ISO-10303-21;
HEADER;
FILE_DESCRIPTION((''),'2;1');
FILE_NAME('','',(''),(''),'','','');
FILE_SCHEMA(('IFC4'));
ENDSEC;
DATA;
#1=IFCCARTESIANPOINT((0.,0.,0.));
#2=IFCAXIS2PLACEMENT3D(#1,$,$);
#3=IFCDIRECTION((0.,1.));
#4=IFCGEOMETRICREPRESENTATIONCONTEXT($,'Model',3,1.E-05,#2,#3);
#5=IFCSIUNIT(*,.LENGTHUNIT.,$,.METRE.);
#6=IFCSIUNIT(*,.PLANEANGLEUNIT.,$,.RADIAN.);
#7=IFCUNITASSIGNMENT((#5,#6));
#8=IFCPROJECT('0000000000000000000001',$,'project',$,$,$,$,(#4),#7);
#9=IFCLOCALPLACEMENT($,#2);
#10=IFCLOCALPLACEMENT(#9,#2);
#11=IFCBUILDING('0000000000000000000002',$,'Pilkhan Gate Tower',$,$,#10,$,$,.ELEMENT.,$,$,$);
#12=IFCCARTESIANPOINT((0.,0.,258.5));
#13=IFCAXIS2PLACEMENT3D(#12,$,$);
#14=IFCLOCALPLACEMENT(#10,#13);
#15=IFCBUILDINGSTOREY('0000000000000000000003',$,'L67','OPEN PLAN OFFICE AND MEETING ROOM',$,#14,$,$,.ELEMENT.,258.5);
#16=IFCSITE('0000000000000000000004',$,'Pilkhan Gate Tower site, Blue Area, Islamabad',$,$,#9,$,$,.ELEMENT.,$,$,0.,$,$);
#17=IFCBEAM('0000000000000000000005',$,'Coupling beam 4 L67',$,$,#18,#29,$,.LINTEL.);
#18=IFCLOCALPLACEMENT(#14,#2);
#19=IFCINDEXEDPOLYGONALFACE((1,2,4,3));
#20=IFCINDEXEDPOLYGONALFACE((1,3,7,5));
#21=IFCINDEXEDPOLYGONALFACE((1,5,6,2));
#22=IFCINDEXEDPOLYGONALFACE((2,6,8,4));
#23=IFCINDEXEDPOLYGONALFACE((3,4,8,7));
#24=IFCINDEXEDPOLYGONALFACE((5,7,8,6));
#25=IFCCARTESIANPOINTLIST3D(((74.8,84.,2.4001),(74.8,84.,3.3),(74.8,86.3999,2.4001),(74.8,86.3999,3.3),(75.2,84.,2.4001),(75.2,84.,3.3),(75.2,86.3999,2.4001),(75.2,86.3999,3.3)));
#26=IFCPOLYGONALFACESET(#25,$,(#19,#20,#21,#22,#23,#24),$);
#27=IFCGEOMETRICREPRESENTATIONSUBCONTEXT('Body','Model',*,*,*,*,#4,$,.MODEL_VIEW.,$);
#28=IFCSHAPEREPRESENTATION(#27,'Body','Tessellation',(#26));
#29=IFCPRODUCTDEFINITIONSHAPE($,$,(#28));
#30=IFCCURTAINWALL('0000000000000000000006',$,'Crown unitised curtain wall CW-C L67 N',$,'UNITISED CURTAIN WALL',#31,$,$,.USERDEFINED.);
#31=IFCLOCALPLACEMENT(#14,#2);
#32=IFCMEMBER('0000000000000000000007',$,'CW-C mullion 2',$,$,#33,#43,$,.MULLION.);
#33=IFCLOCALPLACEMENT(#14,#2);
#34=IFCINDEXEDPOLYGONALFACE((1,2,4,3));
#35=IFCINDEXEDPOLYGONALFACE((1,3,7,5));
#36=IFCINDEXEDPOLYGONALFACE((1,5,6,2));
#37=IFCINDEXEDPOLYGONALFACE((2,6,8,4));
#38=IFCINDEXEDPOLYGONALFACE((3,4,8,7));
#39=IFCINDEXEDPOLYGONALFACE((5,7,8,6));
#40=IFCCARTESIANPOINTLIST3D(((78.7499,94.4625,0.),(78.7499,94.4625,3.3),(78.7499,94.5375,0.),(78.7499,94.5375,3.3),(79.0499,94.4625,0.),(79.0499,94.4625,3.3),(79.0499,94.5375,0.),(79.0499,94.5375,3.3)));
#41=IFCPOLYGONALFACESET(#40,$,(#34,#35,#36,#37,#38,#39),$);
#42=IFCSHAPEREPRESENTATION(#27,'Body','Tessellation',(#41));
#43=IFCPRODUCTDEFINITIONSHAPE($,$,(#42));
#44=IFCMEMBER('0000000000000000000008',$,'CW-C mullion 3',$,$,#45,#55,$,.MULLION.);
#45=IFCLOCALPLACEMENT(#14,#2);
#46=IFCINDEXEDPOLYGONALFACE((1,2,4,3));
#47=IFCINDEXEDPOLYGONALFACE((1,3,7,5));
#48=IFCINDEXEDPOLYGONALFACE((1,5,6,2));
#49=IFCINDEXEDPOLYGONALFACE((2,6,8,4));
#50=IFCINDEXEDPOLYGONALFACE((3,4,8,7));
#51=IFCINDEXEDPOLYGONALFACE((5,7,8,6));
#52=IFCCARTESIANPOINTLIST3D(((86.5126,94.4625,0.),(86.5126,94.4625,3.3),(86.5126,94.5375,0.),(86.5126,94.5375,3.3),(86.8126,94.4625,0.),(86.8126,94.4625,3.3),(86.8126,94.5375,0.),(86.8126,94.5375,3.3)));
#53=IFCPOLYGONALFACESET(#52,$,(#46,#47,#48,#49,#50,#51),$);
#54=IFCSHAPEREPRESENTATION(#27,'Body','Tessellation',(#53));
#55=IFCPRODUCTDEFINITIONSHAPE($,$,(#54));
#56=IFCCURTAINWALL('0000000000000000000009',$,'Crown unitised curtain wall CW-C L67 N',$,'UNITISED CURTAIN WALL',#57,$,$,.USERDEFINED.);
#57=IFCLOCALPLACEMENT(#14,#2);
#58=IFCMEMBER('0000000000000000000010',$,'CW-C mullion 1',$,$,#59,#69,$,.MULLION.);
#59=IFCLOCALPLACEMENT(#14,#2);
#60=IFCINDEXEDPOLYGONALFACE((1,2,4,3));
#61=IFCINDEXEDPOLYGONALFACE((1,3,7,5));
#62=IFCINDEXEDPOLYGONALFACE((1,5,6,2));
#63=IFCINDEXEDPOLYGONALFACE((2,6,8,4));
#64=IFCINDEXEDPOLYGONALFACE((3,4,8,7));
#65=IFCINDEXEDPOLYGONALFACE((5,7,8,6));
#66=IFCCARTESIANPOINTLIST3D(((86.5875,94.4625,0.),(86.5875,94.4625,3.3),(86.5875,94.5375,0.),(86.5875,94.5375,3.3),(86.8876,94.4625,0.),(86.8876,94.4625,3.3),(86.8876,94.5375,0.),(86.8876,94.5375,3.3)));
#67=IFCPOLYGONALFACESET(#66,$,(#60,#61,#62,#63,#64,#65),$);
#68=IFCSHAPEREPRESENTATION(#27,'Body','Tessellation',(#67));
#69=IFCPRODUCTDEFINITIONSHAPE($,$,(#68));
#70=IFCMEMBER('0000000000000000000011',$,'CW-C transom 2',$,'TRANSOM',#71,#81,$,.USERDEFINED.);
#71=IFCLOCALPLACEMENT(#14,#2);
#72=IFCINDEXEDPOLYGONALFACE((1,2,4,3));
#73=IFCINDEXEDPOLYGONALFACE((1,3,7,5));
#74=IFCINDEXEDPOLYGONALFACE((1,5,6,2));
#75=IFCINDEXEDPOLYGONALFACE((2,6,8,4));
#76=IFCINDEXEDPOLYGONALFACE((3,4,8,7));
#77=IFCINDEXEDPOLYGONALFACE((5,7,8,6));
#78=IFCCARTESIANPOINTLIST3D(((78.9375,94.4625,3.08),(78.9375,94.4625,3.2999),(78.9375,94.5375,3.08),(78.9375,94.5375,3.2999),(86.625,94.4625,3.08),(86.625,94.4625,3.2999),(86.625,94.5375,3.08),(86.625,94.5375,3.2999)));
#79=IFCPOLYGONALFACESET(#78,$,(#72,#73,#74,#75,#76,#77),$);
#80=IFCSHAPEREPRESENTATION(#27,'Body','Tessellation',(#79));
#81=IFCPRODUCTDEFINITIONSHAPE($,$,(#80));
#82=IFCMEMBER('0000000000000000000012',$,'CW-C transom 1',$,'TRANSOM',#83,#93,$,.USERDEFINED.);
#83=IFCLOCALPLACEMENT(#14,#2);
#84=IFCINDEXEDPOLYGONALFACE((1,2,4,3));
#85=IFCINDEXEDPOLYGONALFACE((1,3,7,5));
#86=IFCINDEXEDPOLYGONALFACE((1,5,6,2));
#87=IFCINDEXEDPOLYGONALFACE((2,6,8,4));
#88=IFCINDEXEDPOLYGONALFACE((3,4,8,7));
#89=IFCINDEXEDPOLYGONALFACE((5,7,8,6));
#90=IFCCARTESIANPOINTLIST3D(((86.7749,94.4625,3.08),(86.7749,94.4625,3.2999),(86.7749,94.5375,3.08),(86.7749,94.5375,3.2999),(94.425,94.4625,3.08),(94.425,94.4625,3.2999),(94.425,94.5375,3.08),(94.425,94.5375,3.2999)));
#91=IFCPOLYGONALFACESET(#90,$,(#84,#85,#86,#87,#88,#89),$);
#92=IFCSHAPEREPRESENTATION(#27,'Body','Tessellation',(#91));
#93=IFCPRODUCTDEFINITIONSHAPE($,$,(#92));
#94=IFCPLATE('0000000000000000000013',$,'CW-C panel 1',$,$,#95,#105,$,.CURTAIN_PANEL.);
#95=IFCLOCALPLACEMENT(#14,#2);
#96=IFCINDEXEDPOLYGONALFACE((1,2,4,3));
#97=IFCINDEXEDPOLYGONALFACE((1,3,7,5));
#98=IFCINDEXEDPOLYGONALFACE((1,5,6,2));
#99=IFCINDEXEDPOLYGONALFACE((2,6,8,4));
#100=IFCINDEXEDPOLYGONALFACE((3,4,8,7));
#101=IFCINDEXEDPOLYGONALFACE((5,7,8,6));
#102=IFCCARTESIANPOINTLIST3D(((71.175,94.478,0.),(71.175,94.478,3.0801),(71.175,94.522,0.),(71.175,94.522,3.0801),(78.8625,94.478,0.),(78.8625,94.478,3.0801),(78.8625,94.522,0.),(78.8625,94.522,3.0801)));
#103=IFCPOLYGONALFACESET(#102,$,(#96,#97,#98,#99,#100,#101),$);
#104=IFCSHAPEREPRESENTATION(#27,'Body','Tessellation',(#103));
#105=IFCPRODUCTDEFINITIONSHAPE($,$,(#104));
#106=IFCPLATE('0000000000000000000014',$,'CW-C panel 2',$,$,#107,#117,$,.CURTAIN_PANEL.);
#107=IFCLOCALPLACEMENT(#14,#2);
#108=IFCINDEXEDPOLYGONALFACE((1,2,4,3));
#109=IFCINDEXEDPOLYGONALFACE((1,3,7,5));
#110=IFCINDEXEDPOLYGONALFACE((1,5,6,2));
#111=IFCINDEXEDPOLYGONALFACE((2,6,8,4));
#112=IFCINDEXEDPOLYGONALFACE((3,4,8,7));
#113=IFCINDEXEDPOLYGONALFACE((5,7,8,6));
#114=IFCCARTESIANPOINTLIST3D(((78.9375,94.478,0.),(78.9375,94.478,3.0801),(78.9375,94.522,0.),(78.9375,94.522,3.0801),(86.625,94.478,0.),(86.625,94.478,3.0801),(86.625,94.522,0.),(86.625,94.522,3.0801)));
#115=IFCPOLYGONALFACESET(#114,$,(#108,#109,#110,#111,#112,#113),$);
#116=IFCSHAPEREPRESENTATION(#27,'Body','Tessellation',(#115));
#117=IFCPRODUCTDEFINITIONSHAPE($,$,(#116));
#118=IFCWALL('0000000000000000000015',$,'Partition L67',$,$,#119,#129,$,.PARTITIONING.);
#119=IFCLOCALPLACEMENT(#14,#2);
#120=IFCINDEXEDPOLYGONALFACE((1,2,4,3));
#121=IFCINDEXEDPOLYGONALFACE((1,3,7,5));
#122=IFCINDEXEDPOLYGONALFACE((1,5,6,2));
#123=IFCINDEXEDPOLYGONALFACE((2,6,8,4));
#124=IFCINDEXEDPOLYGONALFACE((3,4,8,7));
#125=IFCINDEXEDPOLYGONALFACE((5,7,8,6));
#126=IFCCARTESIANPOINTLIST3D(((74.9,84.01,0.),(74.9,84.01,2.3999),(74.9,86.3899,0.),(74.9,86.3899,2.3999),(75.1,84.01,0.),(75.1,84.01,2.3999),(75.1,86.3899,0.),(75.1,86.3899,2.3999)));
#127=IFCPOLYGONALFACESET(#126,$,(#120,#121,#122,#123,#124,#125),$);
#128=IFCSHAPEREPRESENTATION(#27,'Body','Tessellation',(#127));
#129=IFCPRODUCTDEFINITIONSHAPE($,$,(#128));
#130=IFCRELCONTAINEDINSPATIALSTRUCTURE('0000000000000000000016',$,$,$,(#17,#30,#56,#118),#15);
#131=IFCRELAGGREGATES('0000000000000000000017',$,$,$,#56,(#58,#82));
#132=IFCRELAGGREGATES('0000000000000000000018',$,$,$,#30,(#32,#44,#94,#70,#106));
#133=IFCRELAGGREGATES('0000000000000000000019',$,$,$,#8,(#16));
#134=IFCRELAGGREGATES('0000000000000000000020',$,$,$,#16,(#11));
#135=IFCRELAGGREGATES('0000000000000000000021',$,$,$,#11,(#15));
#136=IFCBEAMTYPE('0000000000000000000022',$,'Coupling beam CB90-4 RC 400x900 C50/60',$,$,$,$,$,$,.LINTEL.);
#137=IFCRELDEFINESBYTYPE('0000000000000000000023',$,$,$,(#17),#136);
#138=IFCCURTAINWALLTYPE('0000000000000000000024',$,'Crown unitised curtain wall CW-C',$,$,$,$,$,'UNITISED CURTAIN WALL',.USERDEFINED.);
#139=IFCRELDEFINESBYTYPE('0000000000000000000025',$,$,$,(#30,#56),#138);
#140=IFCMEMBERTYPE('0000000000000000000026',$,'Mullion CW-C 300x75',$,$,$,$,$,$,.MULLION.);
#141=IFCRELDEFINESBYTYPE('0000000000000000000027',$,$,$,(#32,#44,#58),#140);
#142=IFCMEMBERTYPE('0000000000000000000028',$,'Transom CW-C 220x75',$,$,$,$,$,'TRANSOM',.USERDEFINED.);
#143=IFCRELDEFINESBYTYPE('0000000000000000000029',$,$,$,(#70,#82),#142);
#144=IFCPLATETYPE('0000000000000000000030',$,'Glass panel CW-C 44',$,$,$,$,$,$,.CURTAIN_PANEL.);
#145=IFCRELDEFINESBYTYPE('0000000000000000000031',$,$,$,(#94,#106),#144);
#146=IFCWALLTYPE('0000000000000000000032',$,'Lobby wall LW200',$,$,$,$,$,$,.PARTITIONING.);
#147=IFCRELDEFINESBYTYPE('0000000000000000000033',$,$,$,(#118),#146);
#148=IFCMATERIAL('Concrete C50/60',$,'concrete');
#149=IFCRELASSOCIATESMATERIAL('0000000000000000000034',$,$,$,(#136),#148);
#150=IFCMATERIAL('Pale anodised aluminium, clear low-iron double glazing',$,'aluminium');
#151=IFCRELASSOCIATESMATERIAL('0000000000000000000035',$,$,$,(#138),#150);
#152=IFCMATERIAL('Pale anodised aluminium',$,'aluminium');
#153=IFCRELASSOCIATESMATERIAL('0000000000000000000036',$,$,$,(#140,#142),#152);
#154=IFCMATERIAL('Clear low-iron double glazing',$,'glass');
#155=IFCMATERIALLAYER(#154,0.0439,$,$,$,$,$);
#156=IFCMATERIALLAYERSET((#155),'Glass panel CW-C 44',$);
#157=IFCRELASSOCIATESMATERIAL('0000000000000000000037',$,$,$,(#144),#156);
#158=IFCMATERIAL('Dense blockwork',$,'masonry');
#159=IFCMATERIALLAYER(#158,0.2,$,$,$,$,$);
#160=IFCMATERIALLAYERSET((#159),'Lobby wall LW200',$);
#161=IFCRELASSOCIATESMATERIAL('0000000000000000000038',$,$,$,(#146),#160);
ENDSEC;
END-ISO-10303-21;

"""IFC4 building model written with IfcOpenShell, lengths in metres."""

from ifc_helpers import new_model, si_unit, direction, frame, frame_2d, origin, origin_2d, place, context, subcontext, project, spatial, rectangle, extrude, material, layer, layer_set, material_profile, profile_set, type_object, element, aggregate, save


model = new_model("IFC4")

# Units and contexts
model_context = context("Model", 3, precision=1e-05, world=origin(), true_north=direction((0.0, 1.0)))
body_context = subcontext(model_context, "Body", "Model", "MODEL_VIEW")
ifc_project = project(units=[si_unit("LENGTHUNIT", "METRE"), si_unit("PLANEANGLEUNIT", "RADIAN")], contexts=[model_context])

# Site, building, storey
site_placement = place(None, origin())
site = spatial("IfcSite", under=ifc_project, at=site_placement, Name="Pilkhan Gate Tower site, Blue Area, Islamabad", CompositionType="ELEMENT", RefElevation=0.0)
building_placement = place(site_placement, origin())
building = spatial("IfcBuilding", under=site, at=building_placement, Name="Pilkhan Gate Tower", CompositionType="ELEMENT")
storey_placement = place(building_placement, frame((0.0, 0.0, 258.5)))
storey = spatial("IfcBuildingStorey", under=building, at=storey_placement, Name="L67", Description="OPEN PLAN OFFICE AND MEETING ROOM", CompositionType="ELEMENT", Elevation=258.5)

# Beam
ifc_material_1 = material(Name="Concrete C50/60", Category="concrete")
ifc_material_profile_1 = material_profile(ifc_material_1, rectangle(XDim=0.3999, YDim=0.8999, at=origin_2d()), Name="RC 400x900")
ifc_profile_set_1 = profile_set([ifc_material_profile_1], Name="Concrete C50/60")
beam_type = type_object("IfcBeamType", Name="Coupling beam CB90-4 RC 400x900 C50/60", PredefinedType="LINTEL", material=ifc_profile_set_1)
beam_placement = place(storey_placement, frame((75.0, 84.0, 2.8501), z_axis=(0.0, 1.0, 0.0), x_axis=(-1.0, 0.0, 0.0)))
element("IfcBeam", 1, at=beam_placement, inside=storey, type_object=beam_type, Name="Coupling beam 4 L67", PredefinedType="LINTEL", context=body_context, shape_type="SweptSolid", body=[
    extrude(rectangle(XDim=0.3999, YDim=0.8999, at=origin_2d()), origin(), (0.0, 0.0, 1.0), 2.3999),
])

# Curtain wall, members
ifc_material_2 = material(Name="Pale anodised aluminium, clear low-iron double glazing", Category="aluminium")
curtain_wall_type = type_object("IfcCurtainWallType", Name="Crown unitised curtain wall CW-C", ElementType="UNITISED CURTAIN WALL", PredefinedType="USERDEFINED", material=ifc_material_2)
curtain_wall_1_placement = place(storey_placement, origin())
curtain_wall_1 = element("IfcCurtainWall", 2, at=curtain_wall_1_placement, inside=storey, type_object=curtain_wall_type, Name="Crown unitised curtain wall CW-C L67 N", ObjectType="UNITISED CURTAIN WALL", PredefinedType="USERDEFINED")
ifc_material_3 = material(Name="Pale anodised aluminium", Category="aluminium")
ifc_material_profile_2 = material_profile(ifc_material_3, rectangle(XDim=0.075, YDim=0.3, at=origin_2d()), Name="Mullion 300x75")
ifc_profile_set_2 = profile_set([ifc_material_profile_2], Name="Pale anodised aluminium")
member_type_1 = type_object("IfcMemberType", Name="Mullion CW-C 300x75", PredefinedType="MULLION", material=ifc_profile_set_2)
member_1_placement = place(storey_placement, frame((78.8999, 94.5, 0.0), z_axis=(0.0, 0.0, 1.0), x_axis=(0.0, 1.0, 0.0)))
member_1 = element("IfcMember", 3, at=member_1_placement, type_object=member_type_1, Name="CW-C mullion 2", PredefinedType="MULLION", context=body_context, shape_type="SweptSolid", body=[
    extrude(rectangle(XDim=0.075, YDim=0.3, at=origin_2d()), origin(), (0.0, 0.0, 1.0), 3.3),
])
member_2_placement = place(storey_placement, frame((86.6626, 94.5, 0.0), z_axis=(0.0, 0.0, 1.0), x_axis=(0.0, 1.0, 0.0)))
member_2 = element("IfcMember", 4, at=member_2_placement, type_object=member_type_1, Name="CW-C mullion 3", PredefinedType="MULLION", context=body_context, shape_type="SweptSolid", body=[
    extrude(rectangle(XDim=0.075, YDim=0.3, at=origin_2d()), origin(), (0.0, 0.0, 1.0), 3.3),
])

# Curtain wall, member
curtain_wall_2_placement = place(storey_placement, origin())
curtain_wall_2 = element("IfcCurtainWall", 5, at=curtain_wall_2_placement, inside=storey, type_object=curtain_wall_type, Name="Crown unitised curtain wall CW-C L67 N", ObjectType="UNITISED CURTAIN WALL", PredefinedType="USERDEFINED")
member_3_placement = place(storey_placement, frame((86.7375, 94.5, 0.0), z_axis=(0.0, 0.0, 1.0), x_axis=(0.0, 1.0, 0.0)))
member_3 = element("IfcMember", 6, at=member_3_placement, type_object=member_type_1, Name="CW-C mullion 1", PredefinedType="MULLION", context=body_context, shape_type="SweptSolid", body=[
    extrude(rectangle(XDim=0.075, YDim=0.3, at=origin_2d()), origin(), (0.0, 0.0, 1.0), 3.3),
])

# Members
ifc_material_profile_3 = material_profile(ifc_material_3, rectangle(XDim=0.075, YDim=0.22, at=origin_2d()), Name="Transom 220x75")
ifc_profile_set_3 = profile_set([ifc_material_profile_3], Name="Pale anodised aluminium")
member_type_2 = type_object("IfcMemberType", Name="Transom CW-C 220x75", ElementType="TRANSOM", PredefinedType="USERDEFINED", material=ifc_profile_set_3)
member_4_placement = place(storey_placement, frame((78.9375, 94.5, 3.1899), z_axis=(1.0, 0.0, 0.0), x_axis=(0.0, 1.0, 0.0)))
member_4 = element("IfcMember", 7, at=member_4_placement, type_object=member_type_2, Name="CW-C transom 2", ObjectType="TRANSOM", PredefinedType="USERDEFINED", context=body_context, shape_type="SweptSolid", body=[
    extrude(rectangle(XDim=0.075, YDim=0.22, at=origin_2d()), origin(), (0.0, 0.0, 1.0), 7.6875),
])
member_5_placement = place(storey_placement, frame((86.7749, 94.5, 3.1899), z_axis=(1.0, 0.0, 0.0), x_axis=(0.0, 1.0, 0.0)))
member_5 = element("IfcMember", 8, at=member_5_placement, type_object=member_type_2, Name="CW-C transom 1", ObjectType="TRANSOM", PredefinedType="USERDEFINED", context=body_context, shape_type="SweptSolid", body=[
    extrude(rectangle(XDim=0.075, YDim=0.22, at=origin_2d()), origin(), (0.0, 0.0, 1.0), 7.6501),
])
aggregate(curtain_wall_2, [member_3, member_5])

# Plates
ifc_material_4 = material(Name="Clear low-iron double glazing", Category="glass")
ifc_layer_1 = layer(ifc_material_4, 0.0439)
ifc_layer_set_1 = layer_set([ifc_layer_1], Name="Glass panel CW-C 44")
plate_type = type_object("IfcPlateType", Name="Glass panel CW-C 44", PredefinedType="CURTAIN_PANEL", material=ifc_layer_set_1)
plate_1_placement = place(storey_placement, frame((75.0188, 94.5, 0.0), z_axis=(0.0, 0.0, 1.0), x_axis=(1.0, 0.0, 0.0)))
plate_1 = element("IfcPlate", 9, at=plate_1_placement, type_object=plate_type, Name="CW-C panel 1", PredefinedType="CURTAIN_PANEL", context=body_context, shape_type="SweptSolid", body=[
    extrude(rectangle(XDim=7.6875, YDim=0.0439, at=origin_2d()), origin(), (0.0, 0.0, 1.0), 3.0801),
])
plate_2_placement = place(storey_placement, frame((82.7812, 94.5, 0.0), z_axis=(0.0, 0.0, 1.0), x_axis=(1.0, 0.0, 0.0)))
plate_2 = element("IfcPlate", 10, at=plate_2_placement, type_object=plate_type, Name="CW-C panel 2", PredefinedType="CURTAIN_PANEL", context=body_context, shape_type="SweptSolid", body=[
    extrude(rectangle(XDim=7.6875, YDim=0.0439, at=origin_2d()), origin(), (0.0, 0.0, 1.0), 3.0801),
])
aggregate(curtain_wall_1, [member_1, member_2, plate_1, member_4, plate_2])

# Wall
ifc_material_5 = material(Name="Dense blockwork", Category="masonry")
ifc_layer_2 = layer(ifc_material_5, 0.2)
ifc_layer_set_2 = layer_set([ifc_layer_2], Name="Lobby wall LW200")
wall_type_1 = type_object("IfcWallType", Name="Lobby wall LW200", PredefinedType="PARTITIONING", material=ifc_layer_set_2)
wall_1_placement = place(storey_placement, frame((75.0, 84.01, 0.0), z_axis=(0.0, 0.0, 1.0), x_axis=(0.0, 1.0, 0.0)))
element("IfcWall", 11, at=wall_1_placement, inside=storey, type_object=wall_type_1, Name="Partition L67", PredefinedType="PARTITIONING", context=body_context, shape_type="SweptSolid", body=[
    extrude(rectangle(XDim=2.3799, YDim=0.2, at=frame_2d((1.1899, 0.0))), origin(), (0.0, 0.0, 1.0), 2.3999),
])

save(model, "model.ifc")
